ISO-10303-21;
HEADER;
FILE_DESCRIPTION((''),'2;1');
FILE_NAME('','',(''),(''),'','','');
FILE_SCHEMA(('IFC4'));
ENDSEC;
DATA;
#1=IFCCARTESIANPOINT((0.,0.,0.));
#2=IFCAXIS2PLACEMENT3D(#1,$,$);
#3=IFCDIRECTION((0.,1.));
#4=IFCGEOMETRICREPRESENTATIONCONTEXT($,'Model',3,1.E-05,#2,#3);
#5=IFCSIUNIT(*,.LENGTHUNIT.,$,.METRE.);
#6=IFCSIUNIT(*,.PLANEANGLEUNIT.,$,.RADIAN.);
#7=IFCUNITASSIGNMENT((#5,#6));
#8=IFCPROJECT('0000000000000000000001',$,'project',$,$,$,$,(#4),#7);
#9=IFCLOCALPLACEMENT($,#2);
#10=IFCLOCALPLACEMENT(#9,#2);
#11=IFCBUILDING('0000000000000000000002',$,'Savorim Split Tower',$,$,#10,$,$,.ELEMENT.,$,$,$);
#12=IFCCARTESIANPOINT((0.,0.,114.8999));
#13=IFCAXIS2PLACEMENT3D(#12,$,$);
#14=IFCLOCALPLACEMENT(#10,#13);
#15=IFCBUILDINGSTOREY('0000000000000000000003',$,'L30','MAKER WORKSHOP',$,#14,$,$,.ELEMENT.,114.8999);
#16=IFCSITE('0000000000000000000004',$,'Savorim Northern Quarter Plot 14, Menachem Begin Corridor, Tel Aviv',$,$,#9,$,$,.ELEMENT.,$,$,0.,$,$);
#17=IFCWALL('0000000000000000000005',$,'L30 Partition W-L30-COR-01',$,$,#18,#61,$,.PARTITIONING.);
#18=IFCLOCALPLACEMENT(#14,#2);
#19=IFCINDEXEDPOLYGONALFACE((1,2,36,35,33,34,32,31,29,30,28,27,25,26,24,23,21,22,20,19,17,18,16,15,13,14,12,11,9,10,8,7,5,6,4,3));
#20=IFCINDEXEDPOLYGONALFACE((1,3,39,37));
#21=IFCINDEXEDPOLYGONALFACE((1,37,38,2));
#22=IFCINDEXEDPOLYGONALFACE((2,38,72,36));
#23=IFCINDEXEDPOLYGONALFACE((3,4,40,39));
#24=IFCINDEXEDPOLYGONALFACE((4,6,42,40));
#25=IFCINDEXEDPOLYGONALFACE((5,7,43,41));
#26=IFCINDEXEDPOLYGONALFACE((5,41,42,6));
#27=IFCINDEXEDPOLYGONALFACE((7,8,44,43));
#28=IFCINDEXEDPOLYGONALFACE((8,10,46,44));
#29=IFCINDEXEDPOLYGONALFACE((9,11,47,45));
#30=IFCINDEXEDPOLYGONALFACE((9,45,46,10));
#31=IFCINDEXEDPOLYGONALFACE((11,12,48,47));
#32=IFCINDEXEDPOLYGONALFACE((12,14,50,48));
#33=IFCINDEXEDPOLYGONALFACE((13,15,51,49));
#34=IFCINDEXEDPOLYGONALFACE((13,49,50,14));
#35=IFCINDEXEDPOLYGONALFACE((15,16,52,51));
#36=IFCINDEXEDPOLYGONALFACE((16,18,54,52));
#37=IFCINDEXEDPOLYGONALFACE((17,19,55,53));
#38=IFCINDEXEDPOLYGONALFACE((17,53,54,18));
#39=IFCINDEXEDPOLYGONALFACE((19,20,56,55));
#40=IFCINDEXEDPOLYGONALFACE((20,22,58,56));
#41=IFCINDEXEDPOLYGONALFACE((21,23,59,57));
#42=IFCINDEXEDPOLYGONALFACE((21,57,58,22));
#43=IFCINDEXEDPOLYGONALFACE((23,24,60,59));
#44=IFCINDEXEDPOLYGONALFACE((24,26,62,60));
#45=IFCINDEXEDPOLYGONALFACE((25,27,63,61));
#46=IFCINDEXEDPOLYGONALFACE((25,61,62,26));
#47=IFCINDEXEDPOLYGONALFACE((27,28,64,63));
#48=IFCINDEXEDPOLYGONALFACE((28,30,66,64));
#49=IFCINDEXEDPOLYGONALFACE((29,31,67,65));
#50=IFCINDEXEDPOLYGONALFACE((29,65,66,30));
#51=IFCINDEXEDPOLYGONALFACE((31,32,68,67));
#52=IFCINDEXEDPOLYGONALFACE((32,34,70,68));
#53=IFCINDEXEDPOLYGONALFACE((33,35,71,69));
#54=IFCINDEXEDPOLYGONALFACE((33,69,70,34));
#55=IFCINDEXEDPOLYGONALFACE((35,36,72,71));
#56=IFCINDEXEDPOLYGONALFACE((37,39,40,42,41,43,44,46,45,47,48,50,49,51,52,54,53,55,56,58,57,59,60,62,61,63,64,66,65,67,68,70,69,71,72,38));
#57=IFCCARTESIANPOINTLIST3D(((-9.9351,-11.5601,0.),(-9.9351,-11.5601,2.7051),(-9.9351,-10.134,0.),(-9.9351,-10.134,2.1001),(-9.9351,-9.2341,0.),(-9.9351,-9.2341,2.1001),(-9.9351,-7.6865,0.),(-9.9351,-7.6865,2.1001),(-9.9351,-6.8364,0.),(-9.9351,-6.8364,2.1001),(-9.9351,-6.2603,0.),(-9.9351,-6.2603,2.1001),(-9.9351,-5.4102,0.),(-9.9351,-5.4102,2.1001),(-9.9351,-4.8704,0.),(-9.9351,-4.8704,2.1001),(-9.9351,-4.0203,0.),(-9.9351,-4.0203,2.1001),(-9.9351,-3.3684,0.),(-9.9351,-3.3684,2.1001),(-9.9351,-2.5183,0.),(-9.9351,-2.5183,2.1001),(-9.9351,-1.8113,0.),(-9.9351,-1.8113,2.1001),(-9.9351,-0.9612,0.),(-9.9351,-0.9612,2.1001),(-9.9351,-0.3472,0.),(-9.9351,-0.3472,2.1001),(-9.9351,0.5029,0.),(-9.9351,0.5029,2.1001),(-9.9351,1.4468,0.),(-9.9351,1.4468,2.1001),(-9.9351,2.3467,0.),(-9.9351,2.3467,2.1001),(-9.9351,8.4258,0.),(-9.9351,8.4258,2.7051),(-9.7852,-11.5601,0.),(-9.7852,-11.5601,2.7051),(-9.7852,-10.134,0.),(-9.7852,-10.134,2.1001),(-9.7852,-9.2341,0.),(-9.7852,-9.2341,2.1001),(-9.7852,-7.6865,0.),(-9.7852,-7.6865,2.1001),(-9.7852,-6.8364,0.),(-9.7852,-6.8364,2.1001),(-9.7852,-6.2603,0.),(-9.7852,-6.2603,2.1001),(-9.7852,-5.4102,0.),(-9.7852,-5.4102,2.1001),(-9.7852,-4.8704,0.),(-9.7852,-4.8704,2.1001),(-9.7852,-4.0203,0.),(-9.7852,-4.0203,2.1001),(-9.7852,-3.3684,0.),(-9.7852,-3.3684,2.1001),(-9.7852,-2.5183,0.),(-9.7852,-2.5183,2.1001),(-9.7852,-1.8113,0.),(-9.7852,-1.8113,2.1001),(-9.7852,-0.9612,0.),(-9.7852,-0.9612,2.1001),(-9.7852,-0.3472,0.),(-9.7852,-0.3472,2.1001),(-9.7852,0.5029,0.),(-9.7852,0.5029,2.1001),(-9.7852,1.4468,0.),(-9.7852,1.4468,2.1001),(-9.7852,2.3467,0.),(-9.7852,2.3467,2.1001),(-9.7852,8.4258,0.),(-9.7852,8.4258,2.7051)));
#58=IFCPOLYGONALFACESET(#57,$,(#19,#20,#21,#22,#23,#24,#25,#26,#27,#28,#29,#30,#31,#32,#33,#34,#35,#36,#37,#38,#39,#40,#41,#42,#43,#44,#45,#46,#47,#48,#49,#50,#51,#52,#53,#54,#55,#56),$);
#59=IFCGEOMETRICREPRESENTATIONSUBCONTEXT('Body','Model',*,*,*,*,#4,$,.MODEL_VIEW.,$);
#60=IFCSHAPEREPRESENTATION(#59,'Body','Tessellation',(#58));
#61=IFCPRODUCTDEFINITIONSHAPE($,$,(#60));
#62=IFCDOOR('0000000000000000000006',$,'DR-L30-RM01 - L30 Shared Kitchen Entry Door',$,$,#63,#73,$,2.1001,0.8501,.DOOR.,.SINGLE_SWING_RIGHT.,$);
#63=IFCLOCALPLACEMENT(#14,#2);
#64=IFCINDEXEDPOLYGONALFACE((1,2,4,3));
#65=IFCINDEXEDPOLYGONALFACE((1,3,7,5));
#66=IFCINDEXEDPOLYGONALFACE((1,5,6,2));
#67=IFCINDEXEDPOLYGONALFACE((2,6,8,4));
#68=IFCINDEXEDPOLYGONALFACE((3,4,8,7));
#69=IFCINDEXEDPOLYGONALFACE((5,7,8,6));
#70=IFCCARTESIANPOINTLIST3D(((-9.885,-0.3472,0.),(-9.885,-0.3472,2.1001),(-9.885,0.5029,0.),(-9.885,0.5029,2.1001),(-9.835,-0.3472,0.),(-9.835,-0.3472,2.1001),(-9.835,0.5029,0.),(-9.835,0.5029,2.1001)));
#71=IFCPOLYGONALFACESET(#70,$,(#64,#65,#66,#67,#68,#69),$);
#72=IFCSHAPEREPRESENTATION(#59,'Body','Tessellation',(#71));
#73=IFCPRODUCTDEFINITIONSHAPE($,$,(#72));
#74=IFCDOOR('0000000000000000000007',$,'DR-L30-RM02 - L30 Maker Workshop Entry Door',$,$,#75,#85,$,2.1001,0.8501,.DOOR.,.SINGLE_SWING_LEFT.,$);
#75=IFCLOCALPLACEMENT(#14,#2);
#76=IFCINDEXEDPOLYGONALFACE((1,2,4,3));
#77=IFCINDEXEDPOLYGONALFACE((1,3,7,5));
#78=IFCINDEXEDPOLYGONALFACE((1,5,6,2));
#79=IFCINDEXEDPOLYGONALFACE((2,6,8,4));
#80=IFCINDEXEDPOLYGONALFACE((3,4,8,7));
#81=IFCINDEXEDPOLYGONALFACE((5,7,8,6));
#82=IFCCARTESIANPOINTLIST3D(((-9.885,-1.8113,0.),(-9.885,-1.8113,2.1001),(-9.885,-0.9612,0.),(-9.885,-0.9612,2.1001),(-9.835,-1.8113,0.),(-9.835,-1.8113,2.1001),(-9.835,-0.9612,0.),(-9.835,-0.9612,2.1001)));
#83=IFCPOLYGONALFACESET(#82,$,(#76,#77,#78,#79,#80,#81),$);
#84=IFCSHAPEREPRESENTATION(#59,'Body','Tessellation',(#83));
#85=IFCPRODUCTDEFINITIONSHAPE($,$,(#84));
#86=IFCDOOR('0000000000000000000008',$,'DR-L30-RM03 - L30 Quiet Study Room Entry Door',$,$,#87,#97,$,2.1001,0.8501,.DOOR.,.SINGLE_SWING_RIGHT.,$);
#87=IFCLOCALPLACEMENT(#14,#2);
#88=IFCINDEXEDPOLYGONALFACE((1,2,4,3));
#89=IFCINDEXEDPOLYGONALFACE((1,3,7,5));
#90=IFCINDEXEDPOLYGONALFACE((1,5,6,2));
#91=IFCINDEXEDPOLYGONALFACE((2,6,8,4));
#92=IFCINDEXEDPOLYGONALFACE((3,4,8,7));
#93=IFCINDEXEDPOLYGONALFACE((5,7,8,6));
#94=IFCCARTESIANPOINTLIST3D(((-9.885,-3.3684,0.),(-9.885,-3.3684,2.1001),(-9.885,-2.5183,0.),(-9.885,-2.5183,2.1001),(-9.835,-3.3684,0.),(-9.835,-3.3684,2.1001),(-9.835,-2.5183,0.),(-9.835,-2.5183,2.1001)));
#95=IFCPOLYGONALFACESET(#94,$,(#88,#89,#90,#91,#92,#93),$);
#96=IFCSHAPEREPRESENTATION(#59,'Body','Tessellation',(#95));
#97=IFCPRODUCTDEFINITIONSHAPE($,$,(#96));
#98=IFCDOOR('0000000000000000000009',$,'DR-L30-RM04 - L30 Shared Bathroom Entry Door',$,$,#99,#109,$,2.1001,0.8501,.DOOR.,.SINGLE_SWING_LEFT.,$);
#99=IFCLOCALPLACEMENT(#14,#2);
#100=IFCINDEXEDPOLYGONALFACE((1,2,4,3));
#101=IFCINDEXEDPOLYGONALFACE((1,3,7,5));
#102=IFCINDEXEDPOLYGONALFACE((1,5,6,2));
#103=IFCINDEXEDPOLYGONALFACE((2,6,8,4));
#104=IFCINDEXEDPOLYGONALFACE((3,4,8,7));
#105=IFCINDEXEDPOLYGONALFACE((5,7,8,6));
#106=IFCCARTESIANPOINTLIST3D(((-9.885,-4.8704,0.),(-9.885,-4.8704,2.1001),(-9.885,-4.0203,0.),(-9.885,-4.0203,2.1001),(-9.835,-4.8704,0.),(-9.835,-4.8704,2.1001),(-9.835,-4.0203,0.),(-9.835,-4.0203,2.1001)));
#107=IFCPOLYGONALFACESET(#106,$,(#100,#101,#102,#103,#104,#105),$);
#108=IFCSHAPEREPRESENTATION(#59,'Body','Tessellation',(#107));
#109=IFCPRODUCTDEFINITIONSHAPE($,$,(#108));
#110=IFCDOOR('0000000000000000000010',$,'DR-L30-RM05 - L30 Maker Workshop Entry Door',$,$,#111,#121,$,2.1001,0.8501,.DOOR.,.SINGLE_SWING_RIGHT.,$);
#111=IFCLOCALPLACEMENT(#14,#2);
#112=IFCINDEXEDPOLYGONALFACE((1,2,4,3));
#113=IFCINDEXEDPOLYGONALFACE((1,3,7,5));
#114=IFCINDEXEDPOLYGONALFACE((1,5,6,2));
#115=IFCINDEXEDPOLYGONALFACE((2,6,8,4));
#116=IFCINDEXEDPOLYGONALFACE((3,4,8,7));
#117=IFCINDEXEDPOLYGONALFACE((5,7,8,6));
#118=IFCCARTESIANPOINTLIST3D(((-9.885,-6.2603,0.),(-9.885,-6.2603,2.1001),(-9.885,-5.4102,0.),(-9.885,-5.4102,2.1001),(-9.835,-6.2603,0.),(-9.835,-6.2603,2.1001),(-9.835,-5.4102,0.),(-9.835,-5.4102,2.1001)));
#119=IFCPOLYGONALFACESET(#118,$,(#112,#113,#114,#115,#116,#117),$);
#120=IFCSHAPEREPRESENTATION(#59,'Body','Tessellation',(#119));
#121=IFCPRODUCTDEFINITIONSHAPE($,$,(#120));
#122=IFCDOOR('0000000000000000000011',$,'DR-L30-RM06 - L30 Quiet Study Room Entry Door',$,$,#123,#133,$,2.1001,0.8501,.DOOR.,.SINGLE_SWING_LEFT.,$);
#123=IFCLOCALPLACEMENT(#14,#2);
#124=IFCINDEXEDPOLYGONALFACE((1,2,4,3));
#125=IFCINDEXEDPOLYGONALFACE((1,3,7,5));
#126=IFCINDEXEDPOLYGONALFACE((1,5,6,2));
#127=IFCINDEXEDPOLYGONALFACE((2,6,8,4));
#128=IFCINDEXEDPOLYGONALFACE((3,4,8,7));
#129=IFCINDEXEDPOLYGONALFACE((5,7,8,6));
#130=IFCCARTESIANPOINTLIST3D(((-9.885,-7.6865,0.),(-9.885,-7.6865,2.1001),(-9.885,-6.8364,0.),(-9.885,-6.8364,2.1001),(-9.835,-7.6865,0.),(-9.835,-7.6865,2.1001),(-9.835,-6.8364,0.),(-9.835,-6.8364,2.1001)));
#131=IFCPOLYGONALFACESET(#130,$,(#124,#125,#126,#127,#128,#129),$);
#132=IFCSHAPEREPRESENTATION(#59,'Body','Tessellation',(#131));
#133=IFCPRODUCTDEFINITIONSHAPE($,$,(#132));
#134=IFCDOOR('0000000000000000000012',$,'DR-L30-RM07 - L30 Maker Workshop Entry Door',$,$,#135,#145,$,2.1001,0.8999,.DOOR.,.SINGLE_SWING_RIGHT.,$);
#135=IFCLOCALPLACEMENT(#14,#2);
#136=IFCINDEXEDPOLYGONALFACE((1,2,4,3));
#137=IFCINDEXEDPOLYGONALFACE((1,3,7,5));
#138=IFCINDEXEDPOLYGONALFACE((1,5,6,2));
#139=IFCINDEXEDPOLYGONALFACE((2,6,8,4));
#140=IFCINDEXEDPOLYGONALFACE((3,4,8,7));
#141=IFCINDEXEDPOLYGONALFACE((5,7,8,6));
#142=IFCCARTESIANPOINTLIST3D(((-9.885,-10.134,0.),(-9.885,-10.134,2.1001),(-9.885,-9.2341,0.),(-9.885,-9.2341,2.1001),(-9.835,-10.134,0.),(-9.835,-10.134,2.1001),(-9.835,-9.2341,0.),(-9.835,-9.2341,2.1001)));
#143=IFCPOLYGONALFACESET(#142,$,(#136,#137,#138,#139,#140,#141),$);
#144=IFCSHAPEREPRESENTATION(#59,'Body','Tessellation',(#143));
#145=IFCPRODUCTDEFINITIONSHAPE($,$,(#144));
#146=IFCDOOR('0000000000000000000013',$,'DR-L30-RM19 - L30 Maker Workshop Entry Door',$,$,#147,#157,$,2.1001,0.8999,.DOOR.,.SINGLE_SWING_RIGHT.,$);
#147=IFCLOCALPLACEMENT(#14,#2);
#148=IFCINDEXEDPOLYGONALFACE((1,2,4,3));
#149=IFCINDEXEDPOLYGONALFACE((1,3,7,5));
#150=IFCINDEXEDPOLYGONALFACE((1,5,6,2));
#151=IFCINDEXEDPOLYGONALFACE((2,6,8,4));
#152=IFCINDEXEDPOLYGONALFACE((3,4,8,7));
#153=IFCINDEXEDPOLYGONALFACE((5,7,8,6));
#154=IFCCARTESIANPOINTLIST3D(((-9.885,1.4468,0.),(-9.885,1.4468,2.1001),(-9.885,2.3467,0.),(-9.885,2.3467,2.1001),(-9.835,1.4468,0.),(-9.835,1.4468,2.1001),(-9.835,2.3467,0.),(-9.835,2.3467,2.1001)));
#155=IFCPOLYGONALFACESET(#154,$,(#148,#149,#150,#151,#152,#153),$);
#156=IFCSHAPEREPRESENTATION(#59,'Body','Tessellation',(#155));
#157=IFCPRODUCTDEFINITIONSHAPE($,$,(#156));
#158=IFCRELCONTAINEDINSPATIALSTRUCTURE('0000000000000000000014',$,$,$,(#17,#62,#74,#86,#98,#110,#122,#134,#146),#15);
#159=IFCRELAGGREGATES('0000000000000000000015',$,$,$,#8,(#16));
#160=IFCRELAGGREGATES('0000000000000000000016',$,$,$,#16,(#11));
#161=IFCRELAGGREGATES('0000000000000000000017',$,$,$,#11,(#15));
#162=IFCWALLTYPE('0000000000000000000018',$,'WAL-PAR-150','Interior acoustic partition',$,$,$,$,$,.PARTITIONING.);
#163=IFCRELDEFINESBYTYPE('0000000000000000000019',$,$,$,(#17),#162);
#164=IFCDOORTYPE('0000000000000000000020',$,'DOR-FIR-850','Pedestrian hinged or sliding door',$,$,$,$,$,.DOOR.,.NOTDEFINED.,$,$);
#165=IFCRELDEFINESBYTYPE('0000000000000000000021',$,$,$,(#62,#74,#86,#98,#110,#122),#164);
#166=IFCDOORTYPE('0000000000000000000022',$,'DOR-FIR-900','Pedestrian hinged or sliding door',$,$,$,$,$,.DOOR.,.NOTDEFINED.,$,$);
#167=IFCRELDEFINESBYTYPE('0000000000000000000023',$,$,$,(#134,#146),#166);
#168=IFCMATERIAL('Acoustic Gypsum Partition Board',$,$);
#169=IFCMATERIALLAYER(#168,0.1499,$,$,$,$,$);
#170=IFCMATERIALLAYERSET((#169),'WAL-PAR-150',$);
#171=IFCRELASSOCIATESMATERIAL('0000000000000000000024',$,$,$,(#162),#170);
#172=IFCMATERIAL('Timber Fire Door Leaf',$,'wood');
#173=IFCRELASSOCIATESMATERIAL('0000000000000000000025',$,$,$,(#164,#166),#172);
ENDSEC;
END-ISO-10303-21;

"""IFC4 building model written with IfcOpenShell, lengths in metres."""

from ifc_helpers import new_model, si_unit, direction, frame, frame_2d, origin, place, context, subcontext, project, spatial, rectangle, extrude, material, layer, layer_set, type_object, element, fill, save


model = new_model("IFC4")

# Units and contexts
model_context = context("Model", 3, precision=1e-05, world=origin(), true_north=direction((0.0, 1.0)))
body_context = subcontext(model_context, "Body", "Model", "MODEL_VIEW")
ifc_project = project(units=[si_unit("LENGTHUNIT", "METRE"), si_unit("PLANEANGLEUNIT", "RADIAN")], contexts=[model_context])

# Site, building, storey
site_placement = place(None, origin())
site = spatial("IfcSite", under=ifc_project, at=site_placement, Name="Savorim Northern Quarter Plot 14, Menachem Begin Corridor, Tel Aviv", CompositionType="ELEMENT", RefElevation=0.0)
building_placement = place(site_placement, origin())
building = spatial("IfcBuilding", under=site, at=building_placement, Name="Savorim Split Tower", CompositionType="ELEMENT")
storey_placement = place(building_placement, frame((0.0, 0.0, 114.8999)))
storey = spatial("IfcBuildingStorey", under=building, at=storey_placement, Name="L30", Description="MAKER WORKSHOP", CompositionType="ELEMENT", Elevation=114.8999)

# Shared definitions
ifc_material_1 = material(Name="Timber Fire Door Leaf", Category="wood")

# Wall, openings, doors
ifc_material_2 = material(Name="Acoustic Gypsum Partition Board")
ifc_layer_1 = layer(ifc_material_2, 0.1499)
ifc_layer_set_1 = layer_set([ifc_layer_1], Name="WAL-PAR-150")
wall_type_1 = type_object("IfcWallType", Name="WAL-PAR-150", Description="Interior acoustic partition", PredefinedType="PARTITIONING", material=ifc_layer_set_1)
wall_1_placement = place(storey_placement, frame((-9.8601, -11.5601, 0.0), z_axis=(0.0, 0.0, 1.0), x_axis=(0.0, 1.0, 0.0)))
wall_1 = element("IfcWall", 1, at=wall_1_placement, inside=storey, type_object=wall_type_1, Name="L30 Partition W-L30-COR-01", PredefinedType="PARTITIONING", context=body_context, shape_type="SweptSolid", body=[
    extrude(rectangle(XDim=19.9858, YDim=0.1499, at=frame_2d((9.9929, 0.0))), origin(), (0.0, 0.0, 1.0), 2.7051),
])
opening_1_placement = place(wall_1_placement, frame((11.2129, 0.0, 0.0)))
opening_1 = element("IfcOpeningElement", 2, at=opening_1_placement, cuts=wall_1, PredefinedType="OPENING", context=body_context, shape_type="SweptSolid", body=[
    extrude(rectangle(XDim=0.8501, YDim=2.1001, at=frame_2d((0.425, 1.05))), frame((0.0, 0.085, 0.0), z_axis=(0.0, -1.0, 0.0), x_axis=(1.0, 0.0, 0.0)), (0.0, 0.0, 1.0), 0.1699),
])
opening_2_placement = place(wall_1_placement, frame((9.7488, 0.0, 0.0)))
opening_2 = element("IfcOpeningElement", 3, at=opening_2_placement, cuts=wall_1, PredefinedType="OPENING", context=body_context, shape_type="SweptSolid", body=[
    extrude(rectangle(XDim=0.8501, YDim=2.1001, at=frame_2d((0.425, 1.05))), frame((0.0, 0.085, 0.0), z_axis=(0.0, -1.0, 0.0), x_axis=(1.0, 0.0, 0.0)), (0.0, 0.0, 1.0), 0.1699),
])
opening_3_placement = place(wall_1_placement, frame((8.1917, 0.0, 0.0)))
opening_3 = element("IfcOpeningElement", 4, at=opening_3_placement, cuts=wall_1, PredefinedType="OPENING", context=body_context, shape_type="SweptSolid", body=[
    extrude(rectangle(XDim=0.8501, YDim=2.1001, at=frame_2d((0.425, 1.05))), frame((0.0, 0.085, 0.0), z_axis=(0.0, -1.0, 0.0), x_axis=(1.0, 0.0, 0.0)), (0.0, 0.0, 1.0), 0.1699),
])
opening_4_placement = place(wall_1_placement, frame((6.6897, 0.0, 0.0)))
opening_4 = element("IfcOpeningElement", 5, at=opening_4_placement, cuts=wall_1, PredefinedType="OPENING", context=body_context, shape_type="SweptSolid", body=[
    extrude(rectangle(XDim=0.8501, YDim=2.1001, at=frame_2d((0.425, 1.05))), frame((0.0, 0.085, 0.0), z_axis=(0.0, -1.0, 0.0), x_axis=(1.0, 0.0, 0.0)), (0.0, 0.0, 1.0), 0.1699),
])
opening_5_placement = place(wall_1_placement, frame((5.2998, 0.0, 0.0)))
opening_5 = element("IfcOpeningElement", 6, at=opening_5_placement, cuts=wall_1, PredefinedType="OPENING", context=body_context, shape_type="SweptSolid", body=[
    extrude(rectangle(XDim=0.8501, YDim=2.1001, at=frame_2d((0.425, 1.05))), frame((0.0, 0.085, 0.0), z_axis=(0.0, -1.0, 0.0), x_axis=(1.0, 0.0, 0.0)), (0.0, 0.0, 1.0), 0.1699),
])
opening_6_placement = place(wall_1_placement, frame((3.8735, 0.0, 0.0)))
opening_6 = element("IfcOpeningElement", 7, at=opening_6_placement, cuts=wall_1, PredefinedType="OPENING", context=body_context, shape_type="SweptSolid", body=[
    extrude(rectangle(XDim=0.8501, YDim=2.1001, at=frame_2d((0.425, 1.05))), frame((0.0, 0.085, 0.0), z_axis=(0.0, -1.0, 0.0), x_axis=(1.0, 0.0, 0.0)), (0.0, 0.0, 1.0), 0.1699),
])
opening_7_placement = place(wall_1_placement, frame((1.426, 0.0, 0.0)))
opening_7 = element("IfcOpeningElement", 8, at=opening_7_placement, cuts=wall_1, PredefinedType="OPENING", context=body_context, shape_type="SweptSolid", body=[
    extrude(rectangle(XDim=0.8999, YDim=2.1001, at=frame_2d((0.45, 1.05))), frame((0.0, 0.085, 0.0), z_axis=(0.0, -1.0, 0.0), x_axis=(1.0, 0.0, 0.0)), (0.0, 0.0, 1.0), 0.1699),
])
opening_8_placement = place(wall_1_placement, frame((13.0068, 0.0, 0.0)))
opening_8 = element("IfcOpeningElement", 9, at=opening_8_placement, cuts=wall_1, PredefinedType="OPENING", context=body_context, shape_type="SweptSolid", body=[
    extrude(rectangle(XDim=0.8999, YDim=2.1001, at=frame_2d((0.45, 1.05))), frame((0.0, 0.085, 0.0), z_axis=(0.0, -1.0, 0.0), x_axis=(1.0, 0.0, 0.0)), (0.0, 0.0, 1.0), 0.1699),
])
door_type_1 = type_object("IfcDoorType", Name="DOR-FIR-850", Description="Pedestrian hinged or sliding door", OperationType="NOTDEFINED", PredefinedType="DOOR", material=ifc_material_1)
door_1_placement = place(opening_1_placement, origin())
door_1 = element("IfcDoor", 10, at=door_1_placement, inside=storey, type_object=door_type_1, Name="DR-L30-RM01 - L30 Shared Kitchen Entry Door", OperationType="SINGLE_SWING_RIGHT", OverallHeight=2.1001, OverallWidth=0.8501, PredefinedType="DOOR", context=body_context, shape_type="SweptSolid", body=[
    extrude(rectangle(XDim=0.8501, YDim=2.1001, at=frame_2d((0.425, 1.05))), frame((0.0, 0.0249, 0.0), z_axis=(0.0, -1.0, 0.0), x_axis=(1.0, 0.0, 0.0)), (0.0, 0.0, 1.0), 0.05),
])
fill(opening_1, door_1)
door_2_placement = place(opening_2_placement, origin())
door_2 = element("IfcDoor", 11, at=door_2_placement, inside=storey, type_object=door_type_1, Name="DR-L30-RM02 - L30 Maker Workshop Entry Door", OperationType="SINGLE_SWING_LEFT", OverallHeight=2.1001, OverallWidth=0.8501, PredefinedType="DOOR", context=body_context, shape_type="SweptSolid", body=[
    extrude(rectangle(XDim=0.8501, YDim=2.1001, at=frame_2d((0.425, 1.05))), frame((0.0, 0.0249, 0.0), z_axis=(0.0, -1.0, 0.0), x_axis=(1.0, 0.0, 0.0)), (0.0, 0.0, 1.0), 0.05),
])
fill(opening_2, door_2)
door_3_placement = place(opening_3_placement, origin())
door_3 = element("IfcDoor", 12, at=door_3_placement, inside=storey, type_object=door_type_1, Name="DR-L30-RM03 - L30 Quiet Study Room Entry Door", OperationType="SINGLE_SWING_RIGHT", OverallHeight=2.1001, OverallWidth=0.8501, PredefinedType="DOOR", context=body_context, shape_type="SweptSolid", body=[
    extrude(rectangle(XDim=0.8501, YDim=2.1001, at=frame_2d((0.425, 1.05))), frame((0.0, 0.0249, 0.0), z_axis=(0.0, -1.0, 0.0), x_axis=(1.0, 0.0, 0.0)), (0.0, 0.0, 1.0), 0.05),
])
fill(opening_3, door_3)
door_4_placement = place(opening_4_placement, origin())
door_4 = element("IfcDoor", 13, at=door_4_placement, inside=storey, type_object=door_type_1, Name="DR-L30-RM04 - L30 Shared Bathroom Entry Door", OperationType="SINGLE_SWING_LEFT", OverallHeight=2.1001, OverallWidth=0.8501, PredefinedType="DOOR", context=body_context, shape_type="SweptSolid", body=[
    extrude(rectangle(XDim=0.8501, YDim=2.1001, at=frame_2d((0.425, 1.05))), frame((0.0, 0.0249, 0.0), z_axis=(0.0, -1.0, 0.0), x_axis=(1.0, 0.0, 0.0)), (0.0, 0.0, 1.0), 0.05),
])
fill(opening_4, door_4)
door_5_placement = place(opening_5_placement, origin())
door_5 = element("IfcDoor", 14, at=door_5_placement, inside=storey, type_object=door_type_1, Name="DR-L30-RM05 - L30 Maker Workshop Entry Door", OperationType="SINGLE_SWING_RIGHT", OverallHeight=2.1001, OverallWidth=0.8501, PredefinedType="DOOR", context=body_context, shape_type="SweptSolid", body=[
    extrude(rectangle(XDim=0.8501, YDim=2.1001, at=frame_2d((0.425, 1.05))), frame((0.0, 0.0249, 0.0), z_axis=(0.0, -1.0, 0.0), x_axis=(1.0, 0.0, 0.0)), (0.0, 0.0, 1.0), 0.05),
])
fill(opening_5, door_5)
door_6_placement = place(opening_6_placement, origin())
door_6 = element("IfcDoor", 15, at=door_6_placement, inside=storey, type_object=door_type_1, Name="DR-L30-RM06 - L30 Quiet Study Room Entry Door", OperationType="SINGLE_SWING_LEFT", OverallHeight=2.1001, OverallWidth=0.8501, PredefinedType="DOOR", context=body_context, shape_type="SweptSolid", body=[
    extrude(rectangle(XDim=0.8501, YDim=2.1001, at=frame_2d((0.425, 1.05))), frame((0.0, 0.0249, 0.0), z_axis=(0.0, -1.0, 0.0), x_axis=(1.0, 0.0, 0.0)), (0.0, 0.0, 1.0), 0.05),
])
fill(opening_6, door_6)
door_type_2 = type_object("IfcDoorType", Name="DOR-FIR-900", Description="Pedestrian hinged or sliding door", OperationType="NOTDEFINED", PredefinedType="DOOR", material=ifc_material_1)
door_7_placement = place(opening_7_placement, origin())
door_7 = element("IfcDoor", 16, at=door_7_placement, inside=storey, type_object=door_type_2, Name="DR-L30-RM07 - L30 Maker Workshop Entry Door", OperationType="SINGLE_SWING_RIGHT", OverallHeight=2.1001, OverallWidth=0.8999, PredefinedType="DOOR", context=body_context, shape_type="SweptSolid", body=[
    extrude(rectangle(XDim=0.8999, YDim=2.1001, at=frame_2d((0.45, 1.05))), frame((0.0, 0.0249, 0.0), z_axis=(0.0, -1.0, 0.0), x_axis=(1.0, 0.0, 0.0)), (0.0, 0.0, 1.0), 0.05),
])
fill(opening_7, door_7)
door_8_placement = place(opening_8_placement, origin())
door_8 = element("IfcDoor", 17, at=door_8_placement, inside=storey, type_object=door_type_2, Name="DR-L30-RM19 - L30 Maker Workshop Entry Door", OperationType="SINGLE_SWING_RIGHT", OverallHeight=2.1001, OverallWidth=0.8999, PredefinedType="DOOR", context=body_context, shape_type="SweptSolid", body=[
    extrude(rectangle(XDim=0.8999, YDim=2.1001, at=frame_2d((0.45, 1.05))), frame((0.0, 0.0249, 0.0), z_axis=(0.0, -1.0, 0.0), x_axis=(1.0, 0.0, 0.0)), (0.0, 0.0, 1.0), 0.05),
])
fill(opening_8, door_8)

save(model, "model.ifc")
